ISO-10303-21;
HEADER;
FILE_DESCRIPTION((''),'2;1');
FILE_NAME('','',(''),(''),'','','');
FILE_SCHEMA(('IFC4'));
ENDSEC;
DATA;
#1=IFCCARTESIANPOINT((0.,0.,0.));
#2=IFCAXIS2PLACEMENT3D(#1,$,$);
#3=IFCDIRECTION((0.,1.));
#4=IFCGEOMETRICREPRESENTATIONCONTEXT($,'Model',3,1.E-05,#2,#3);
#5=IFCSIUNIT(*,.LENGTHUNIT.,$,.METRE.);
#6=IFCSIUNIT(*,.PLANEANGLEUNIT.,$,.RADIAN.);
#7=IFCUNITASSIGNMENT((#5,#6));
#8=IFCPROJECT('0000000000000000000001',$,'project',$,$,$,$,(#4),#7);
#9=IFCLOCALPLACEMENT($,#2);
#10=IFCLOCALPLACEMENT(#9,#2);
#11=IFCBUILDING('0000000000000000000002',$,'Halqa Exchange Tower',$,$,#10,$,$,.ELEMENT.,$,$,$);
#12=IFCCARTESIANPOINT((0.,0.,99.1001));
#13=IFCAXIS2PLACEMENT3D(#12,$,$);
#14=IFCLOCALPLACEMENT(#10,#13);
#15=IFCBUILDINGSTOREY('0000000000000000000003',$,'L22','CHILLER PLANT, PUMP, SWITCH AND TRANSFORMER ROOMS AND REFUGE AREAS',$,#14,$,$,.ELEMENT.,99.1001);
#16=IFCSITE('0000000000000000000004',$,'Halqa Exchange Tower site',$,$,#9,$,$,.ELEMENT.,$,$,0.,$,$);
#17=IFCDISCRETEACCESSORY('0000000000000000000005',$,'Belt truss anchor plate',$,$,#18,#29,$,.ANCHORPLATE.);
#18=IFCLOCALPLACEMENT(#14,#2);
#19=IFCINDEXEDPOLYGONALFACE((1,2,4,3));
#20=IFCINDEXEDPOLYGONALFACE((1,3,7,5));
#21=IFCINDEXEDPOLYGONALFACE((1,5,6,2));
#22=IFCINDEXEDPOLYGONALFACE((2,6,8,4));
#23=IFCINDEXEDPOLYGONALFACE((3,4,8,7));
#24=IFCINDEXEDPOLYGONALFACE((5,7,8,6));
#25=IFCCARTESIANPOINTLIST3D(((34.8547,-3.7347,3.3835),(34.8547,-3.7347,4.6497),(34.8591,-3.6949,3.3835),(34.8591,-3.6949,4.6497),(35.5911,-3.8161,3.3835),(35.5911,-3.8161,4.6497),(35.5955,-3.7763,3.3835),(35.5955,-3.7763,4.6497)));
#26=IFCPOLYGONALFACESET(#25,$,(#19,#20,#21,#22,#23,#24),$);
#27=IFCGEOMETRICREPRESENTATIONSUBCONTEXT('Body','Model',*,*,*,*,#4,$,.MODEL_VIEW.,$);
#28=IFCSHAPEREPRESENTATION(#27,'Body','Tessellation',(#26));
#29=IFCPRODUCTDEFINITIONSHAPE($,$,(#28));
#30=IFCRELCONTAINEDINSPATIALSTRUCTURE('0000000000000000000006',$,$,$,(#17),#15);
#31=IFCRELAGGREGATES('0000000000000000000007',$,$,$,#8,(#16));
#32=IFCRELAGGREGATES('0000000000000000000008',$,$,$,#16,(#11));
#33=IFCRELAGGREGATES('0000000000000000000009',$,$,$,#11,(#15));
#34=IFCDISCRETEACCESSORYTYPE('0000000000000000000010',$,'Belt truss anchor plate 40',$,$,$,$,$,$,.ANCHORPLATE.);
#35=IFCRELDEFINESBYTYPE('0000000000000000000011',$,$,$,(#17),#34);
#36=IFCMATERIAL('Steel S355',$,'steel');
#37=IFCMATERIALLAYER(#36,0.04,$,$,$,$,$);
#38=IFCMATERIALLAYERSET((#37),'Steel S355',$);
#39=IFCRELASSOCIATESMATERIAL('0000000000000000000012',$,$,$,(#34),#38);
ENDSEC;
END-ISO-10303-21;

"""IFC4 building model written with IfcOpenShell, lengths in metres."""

from ifc_helpers import new_model, si_unit, direction, frame, origin, origin_2d, place, context, subcontext, project, spatial, rectangle, extrude, material, layer, layer_set, type_object, element, save


model = new_model("IFC4")

# Units and contexts
model_context = context("Model", 3, precision=1e-05, world=origin(), true_north=direction((0.0, 1.0)))
body_context = subcontext(model_context, "Body", "Model", "MODEL_VIEW")
ifc_project = project(units=[si_unit("LENGTHUNIT", "METRE"), si_unit("PLANEANGLEUNIT", "RADIAN")], contexts=[model_context])

# Site, building, storey
site_placement = place(None, origin())
site = spatial("IfcSite", under=ifc_project, at=site_placement, Name="Halqa Exchange Tower site", CompositionType="ELEMENT", RefElevation=0.0)
building_placement = place(site_placement, origin())
building = spatial("IfcBuilding", under=site, at=building_placement, Name="Halqa Exchange Tower", CompositionType="ELEMENT")
storey_placement = place(building_placement, frame((0.0, 0.0, 99.1001)))
storey = spatial("IfcBuildingStorey", under=building, at=storey_placement, Name="L22", Description="CHILLER PLANT, PUMP, SWITCH AND TRANSFORMER ROOMS AND REFUGE AREAS", CompositionType="ELEMENT", Elevation=99.1001)

# Shared definitions
ifc_material_1 = material(Name="Steel S355", Category="steel")

# Discrete accessory
ifc_layer_1 = layer(ifc_material_1, 0.04)
ifc_layer_set_1 = layer_set([ifc_layer_1], Name="Steel S355")
discrete_accessory_type = type_object("IfcDiscreteAccessoryType", Name="Belt truss anchor plate 40", PredefinedType="ANCHORPLATE", material=ifc_layer_set_1)
discrete_accessory_1_placement = place(storey_placement, frame((35.2273, -3.7356, 4.0166), z_axis=(-0.109762, -0.993958, 0.0), x_axis=(0.993958, -0.109762, 0.0)))
element("IfcDiscreteAccessory", 1, at=discrete_accessory_1_placement, inside=storey, type_object=discrete_accessory_type, Name="Belt truss anchor plate", PredefinedType="ANCHORPLATE", context=body_context, shape_type="SweptSolid", body=[
    extrude(rectangle(XDim=0.741, YDim=1.2661, at=origin_2d()), origin(), (0.0, 0.0, 1.0), 0.04),
])

save(model, "model.ifc")
